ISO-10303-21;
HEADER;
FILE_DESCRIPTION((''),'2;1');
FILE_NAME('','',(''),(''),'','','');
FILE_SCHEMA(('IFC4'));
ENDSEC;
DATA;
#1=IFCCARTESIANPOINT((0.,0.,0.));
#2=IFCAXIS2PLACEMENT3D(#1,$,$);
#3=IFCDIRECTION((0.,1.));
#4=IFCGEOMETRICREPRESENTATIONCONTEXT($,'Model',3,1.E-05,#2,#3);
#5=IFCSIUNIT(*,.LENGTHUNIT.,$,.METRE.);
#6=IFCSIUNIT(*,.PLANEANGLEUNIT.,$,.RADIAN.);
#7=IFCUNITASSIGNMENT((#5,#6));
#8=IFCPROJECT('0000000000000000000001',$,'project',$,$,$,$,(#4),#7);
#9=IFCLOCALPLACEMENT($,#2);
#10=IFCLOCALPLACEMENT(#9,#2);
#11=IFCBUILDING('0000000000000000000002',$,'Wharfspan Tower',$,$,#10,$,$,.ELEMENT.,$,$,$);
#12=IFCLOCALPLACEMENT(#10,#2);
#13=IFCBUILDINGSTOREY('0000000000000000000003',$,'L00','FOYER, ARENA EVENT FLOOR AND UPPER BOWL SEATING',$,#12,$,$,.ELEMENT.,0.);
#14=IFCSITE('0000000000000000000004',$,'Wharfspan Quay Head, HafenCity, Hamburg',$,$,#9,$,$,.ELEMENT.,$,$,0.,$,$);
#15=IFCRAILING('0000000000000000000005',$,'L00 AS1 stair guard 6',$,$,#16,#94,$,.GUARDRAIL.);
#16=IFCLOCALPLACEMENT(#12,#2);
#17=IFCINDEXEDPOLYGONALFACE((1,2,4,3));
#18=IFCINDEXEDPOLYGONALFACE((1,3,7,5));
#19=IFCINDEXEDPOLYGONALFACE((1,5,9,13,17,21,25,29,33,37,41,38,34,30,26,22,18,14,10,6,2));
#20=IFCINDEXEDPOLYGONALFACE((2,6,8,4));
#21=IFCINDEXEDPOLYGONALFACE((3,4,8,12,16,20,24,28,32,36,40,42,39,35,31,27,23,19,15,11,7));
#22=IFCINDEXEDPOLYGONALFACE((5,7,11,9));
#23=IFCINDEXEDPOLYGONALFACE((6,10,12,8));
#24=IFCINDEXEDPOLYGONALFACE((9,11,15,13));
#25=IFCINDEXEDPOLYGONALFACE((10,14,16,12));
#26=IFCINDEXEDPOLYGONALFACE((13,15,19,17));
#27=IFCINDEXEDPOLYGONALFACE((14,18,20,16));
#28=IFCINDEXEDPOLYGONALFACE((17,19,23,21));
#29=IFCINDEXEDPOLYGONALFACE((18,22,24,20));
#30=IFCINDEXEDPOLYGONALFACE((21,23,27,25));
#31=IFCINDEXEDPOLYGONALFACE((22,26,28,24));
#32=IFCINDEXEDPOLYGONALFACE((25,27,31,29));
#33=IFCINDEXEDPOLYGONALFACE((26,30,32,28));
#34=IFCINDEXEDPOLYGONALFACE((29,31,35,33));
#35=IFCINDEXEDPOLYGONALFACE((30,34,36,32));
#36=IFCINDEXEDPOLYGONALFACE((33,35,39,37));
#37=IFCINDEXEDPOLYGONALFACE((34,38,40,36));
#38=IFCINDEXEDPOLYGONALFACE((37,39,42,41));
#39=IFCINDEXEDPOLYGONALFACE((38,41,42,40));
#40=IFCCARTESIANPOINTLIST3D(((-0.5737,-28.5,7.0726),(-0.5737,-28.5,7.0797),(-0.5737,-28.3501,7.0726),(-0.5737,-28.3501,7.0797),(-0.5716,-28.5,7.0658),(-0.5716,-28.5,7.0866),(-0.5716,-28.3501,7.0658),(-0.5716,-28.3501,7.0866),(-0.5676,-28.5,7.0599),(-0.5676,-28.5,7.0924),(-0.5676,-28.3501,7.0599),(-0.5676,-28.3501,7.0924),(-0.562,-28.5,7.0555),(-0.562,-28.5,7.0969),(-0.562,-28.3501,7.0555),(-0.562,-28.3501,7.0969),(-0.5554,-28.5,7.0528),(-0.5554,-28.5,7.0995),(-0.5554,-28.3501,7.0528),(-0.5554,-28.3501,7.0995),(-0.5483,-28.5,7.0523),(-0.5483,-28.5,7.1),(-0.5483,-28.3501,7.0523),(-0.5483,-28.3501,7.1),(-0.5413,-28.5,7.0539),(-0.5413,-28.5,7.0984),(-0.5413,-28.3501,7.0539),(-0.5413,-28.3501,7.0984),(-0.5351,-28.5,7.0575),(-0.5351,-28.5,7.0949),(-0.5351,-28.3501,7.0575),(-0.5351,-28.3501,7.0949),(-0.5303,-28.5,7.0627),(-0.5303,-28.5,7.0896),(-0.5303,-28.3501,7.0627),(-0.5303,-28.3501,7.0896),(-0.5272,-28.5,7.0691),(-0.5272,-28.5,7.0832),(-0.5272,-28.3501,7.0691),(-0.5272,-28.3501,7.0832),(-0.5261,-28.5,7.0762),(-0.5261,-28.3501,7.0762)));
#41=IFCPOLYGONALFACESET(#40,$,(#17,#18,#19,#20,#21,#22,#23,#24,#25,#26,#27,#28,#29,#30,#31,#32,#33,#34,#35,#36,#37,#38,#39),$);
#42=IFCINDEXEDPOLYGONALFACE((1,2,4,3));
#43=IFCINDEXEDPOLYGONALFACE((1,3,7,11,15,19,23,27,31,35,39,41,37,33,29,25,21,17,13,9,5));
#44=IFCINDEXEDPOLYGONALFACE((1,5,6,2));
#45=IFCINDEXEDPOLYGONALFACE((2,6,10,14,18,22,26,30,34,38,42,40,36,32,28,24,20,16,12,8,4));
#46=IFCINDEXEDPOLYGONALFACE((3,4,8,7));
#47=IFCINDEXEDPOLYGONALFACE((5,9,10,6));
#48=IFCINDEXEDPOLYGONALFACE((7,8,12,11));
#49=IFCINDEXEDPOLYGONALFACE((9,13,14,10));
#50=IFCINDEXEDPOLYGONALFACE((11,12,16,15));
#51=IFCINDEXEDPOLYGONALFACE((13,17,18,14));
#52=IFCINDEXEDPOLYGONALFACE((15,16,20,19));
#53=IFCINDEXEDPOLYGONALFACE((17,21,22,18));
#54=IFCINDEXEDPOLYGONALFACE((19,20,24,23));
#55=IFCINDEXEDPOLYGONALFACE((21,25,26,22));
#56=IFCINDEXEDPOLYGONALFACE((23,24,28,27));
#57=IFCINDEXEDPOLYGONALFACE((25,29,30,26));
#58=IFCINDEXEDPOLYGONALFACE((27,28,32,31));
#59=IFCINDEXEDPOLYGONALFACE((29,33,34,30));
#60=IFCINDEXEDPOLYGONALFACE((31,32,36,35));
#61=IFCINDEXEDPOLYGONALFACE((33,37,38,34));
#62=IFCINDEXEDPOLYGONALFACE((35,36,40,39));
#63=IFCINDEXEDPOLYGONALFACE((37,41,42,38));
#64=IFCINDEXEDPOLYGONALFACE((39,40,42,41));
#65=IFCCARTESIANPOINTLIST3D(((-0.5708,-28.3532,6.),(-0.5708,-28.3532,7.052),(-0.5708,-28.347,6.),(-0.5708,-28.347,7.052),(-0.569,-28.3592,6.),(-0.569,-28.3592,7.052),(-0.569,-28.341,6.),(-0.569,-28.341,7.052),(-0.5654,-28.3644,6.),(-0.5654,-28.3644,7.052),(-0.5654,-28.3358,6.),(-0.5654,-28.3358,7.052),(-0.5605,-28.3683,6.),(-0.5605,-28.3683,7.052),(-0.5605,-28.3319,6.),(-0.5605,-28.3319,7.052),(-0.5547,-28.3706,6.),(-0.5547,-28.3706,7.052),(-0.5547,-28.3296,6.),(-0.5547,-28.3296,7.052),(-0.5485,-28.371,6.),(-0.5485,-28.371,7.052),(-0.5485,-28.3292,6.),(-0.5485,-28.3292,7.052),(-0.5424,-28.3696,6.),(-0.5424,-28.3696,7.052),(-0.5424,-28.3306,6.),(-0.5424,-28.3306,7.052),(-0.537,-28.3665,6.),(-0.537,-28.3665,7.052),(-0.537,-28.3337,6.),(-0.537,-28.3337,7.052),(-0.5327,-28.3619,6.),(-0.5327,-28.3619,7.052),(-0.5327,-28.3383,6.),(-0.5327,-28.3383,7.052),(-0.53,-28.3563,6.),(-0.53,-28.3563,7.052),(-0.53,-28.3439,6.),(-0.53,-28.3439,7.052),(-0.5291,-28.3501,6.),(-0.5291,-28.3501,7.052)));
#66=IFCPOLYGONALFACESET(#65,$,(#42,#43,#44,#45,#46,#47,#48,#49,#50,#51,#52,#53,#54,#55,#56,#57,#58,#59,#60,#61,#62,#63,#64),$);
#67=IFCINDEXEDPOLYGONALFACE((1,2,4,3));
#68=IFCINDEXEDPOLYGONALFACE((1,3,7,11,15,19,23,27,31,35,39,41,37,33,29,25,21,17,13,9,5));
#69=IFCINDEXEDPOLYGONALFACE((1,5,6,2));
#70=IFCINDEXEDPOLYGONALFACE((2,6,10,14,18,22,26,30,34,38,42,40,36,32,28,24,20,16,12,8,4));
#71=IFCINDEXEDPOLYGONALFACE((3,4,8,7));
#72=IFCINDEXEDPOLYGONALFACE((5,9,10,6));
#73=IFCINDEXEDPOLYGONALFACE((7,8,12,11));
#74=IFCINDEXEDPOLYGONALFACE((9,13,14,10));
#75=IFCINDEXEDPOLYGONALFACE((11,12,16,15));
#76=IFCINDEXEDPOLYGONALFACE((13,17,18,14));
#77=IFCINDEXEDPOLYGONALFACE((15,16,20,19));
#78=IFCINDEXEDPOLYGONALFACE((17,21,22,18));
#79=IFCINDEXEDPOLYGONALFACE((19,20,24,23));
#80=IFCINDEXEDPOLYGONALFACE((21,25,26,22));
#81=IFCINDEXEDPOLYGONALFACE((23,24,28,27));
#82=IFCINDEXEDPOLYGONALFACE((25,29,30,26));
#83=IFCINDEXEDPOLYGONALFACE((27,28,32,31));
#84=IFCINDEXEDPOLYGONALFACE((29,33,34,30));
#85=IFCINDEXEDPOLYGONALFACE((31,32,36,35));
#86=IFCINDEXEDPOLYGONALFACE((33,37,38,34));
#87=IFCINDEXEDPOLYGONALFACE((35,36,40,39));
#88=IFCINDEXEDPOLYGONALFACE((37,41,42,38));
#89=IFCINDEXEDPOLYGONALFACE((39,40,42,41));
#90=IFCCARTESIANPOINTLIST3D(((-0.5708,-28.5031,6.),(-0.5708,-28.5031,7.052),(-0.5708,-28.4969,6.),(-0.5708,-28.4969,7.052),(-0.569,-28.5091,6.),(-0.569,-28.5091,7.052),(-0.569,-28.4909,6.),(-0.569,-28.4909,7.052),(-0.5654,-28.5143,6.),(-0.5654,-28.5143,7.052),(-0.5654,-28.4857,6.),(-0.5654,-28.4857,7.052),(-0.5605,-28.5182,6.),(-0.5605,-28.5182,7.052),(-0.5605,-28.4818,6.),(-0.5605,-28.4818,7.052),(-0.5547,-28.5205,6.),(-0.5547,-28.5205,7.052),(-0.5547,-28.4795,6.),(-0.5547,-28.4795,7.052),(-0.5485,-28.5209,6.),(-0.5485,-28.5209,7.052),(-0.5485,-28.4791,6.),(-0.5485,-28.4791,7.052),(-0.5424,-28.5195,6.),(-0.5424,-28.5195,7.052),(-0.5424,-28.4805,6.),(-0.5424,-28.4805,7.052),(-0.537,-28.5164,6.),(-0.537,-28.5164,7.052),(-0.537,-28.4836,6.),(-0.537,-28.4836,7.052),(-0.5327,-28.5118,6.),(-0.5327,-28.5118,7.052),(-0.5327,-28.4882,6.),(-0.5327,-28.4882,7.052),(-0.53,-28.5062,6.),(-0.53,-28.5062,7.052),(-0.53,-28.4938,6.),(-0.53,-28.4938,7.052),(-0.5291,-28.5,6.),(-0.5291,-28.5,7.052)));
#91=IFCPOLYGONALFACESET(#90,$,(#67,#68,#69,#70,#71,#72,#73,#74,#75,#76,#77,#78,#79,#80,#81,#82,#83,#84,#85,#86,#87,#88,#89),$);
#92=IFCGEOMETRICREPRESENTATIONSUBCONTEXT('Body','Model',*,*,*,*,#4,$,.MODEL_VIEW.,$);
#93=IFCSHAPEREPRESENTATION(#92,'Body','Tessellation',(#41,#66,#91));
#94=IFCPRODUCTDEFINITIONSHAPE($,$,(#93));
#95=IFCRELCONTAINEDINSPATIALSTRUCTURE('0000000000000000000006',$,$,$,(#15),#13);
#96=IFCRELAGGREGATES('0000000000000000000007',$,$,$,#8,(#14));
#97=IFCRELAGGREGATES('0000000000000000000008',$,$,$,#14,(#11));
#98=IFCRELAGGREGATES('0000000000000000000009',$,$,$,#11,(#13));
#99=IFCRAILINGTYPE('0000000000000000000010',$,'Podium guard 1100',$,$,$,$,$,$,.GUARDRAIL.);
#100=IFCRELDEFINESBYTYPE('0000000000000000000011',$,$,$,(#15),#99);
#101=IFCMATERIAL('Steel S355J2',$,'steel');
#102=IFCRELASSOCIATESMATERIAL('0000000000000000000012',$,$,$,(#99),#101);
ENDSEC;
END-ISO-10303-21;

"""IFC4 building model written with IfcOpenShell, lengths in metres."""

from ifc_helpers import new_model, si_unit, direction, frame, origin, origin_2d, place, context, subcontext, project, spatial, circle, extrude, material, type_object, element, save


model = new_model("IFC4")

# Units and contexts
model_context = context("Model", 3, precision=1e-05, world=origin(), true_north=direction((0.0, 1.0)))
body_context = subcontext(model_context, "Body", "Model", "MODEL_VIEW")
ifc_project = project(units=[si_unit("LENGTHUNIT", "METRE"), si_unit("PLANEANGLEUNIT", "RADIAN")], contexts=[model_context])

# Site, building, storey
site_placement = place(None, origin())
site = spatial("IfcSite", under=ifc_project, at=site_placement, Name="Wharfspan Quay Head, HafenCity, Hamburg", CompositionType="ELEMENT", RefElevation=0.0)
building_placement = place(site_placement, origin())
building = spatial("IfcBuilding", under=site, at=building_placement, Name="Wharfspan Tower", CompositionType="ELEMENT")
storey_placement = place(building_placement, origin())
storey = spatial("IfcBuildingStorey", under=building, at=storey_placement, Name="L00", Description="FOYER, ARENA EVENT FLOOR AND UPPER BOWL SEATING", CompositionType="ELEMENT", Elevation=0.0)

# Shared definitions
ifc_material_1 = material(Name="Steel S355J2", Category="steel")

# Railing
railing_type_1 = type_object("IfcRailingType", Name="Podium guard 1100", PredefinedType="GUARDRAIL", material=ifc_material_1)
railing_1_placement = place(storey_placement, frame((-0.55, -28.3501, 6.0)))
element("IfcRailing", 1, at=railing_1_placement, inside=storey, type_object=railing_type_1, Name="L00 AS1 stair guard 6", PredefinedType="GUARDRAIL", context=body_context, shape_type="SweptSolid", body=[
    extrude(circle(Radius=0.0239, at=origin_2d()), frame((0.0, 0.0, 1.0762), z_axis=(0.0, -1.0, 0.0), x_axis=(1.0, 0.0, 0.0)), (0.0, 0.0, 1.0), 0.1499),
    extrude(circle(Radius=0.021, at=origin_2d()), origin(), (0.0, 0.0, 1.0), 1.052),
    extrude(circle(Radius=0.021, at=origin_2d()), frame((0.0, -0.1499, 0.0)), (0.0, 0.0, 1.0), 1.052),
])

save(model, "model.ifc")
